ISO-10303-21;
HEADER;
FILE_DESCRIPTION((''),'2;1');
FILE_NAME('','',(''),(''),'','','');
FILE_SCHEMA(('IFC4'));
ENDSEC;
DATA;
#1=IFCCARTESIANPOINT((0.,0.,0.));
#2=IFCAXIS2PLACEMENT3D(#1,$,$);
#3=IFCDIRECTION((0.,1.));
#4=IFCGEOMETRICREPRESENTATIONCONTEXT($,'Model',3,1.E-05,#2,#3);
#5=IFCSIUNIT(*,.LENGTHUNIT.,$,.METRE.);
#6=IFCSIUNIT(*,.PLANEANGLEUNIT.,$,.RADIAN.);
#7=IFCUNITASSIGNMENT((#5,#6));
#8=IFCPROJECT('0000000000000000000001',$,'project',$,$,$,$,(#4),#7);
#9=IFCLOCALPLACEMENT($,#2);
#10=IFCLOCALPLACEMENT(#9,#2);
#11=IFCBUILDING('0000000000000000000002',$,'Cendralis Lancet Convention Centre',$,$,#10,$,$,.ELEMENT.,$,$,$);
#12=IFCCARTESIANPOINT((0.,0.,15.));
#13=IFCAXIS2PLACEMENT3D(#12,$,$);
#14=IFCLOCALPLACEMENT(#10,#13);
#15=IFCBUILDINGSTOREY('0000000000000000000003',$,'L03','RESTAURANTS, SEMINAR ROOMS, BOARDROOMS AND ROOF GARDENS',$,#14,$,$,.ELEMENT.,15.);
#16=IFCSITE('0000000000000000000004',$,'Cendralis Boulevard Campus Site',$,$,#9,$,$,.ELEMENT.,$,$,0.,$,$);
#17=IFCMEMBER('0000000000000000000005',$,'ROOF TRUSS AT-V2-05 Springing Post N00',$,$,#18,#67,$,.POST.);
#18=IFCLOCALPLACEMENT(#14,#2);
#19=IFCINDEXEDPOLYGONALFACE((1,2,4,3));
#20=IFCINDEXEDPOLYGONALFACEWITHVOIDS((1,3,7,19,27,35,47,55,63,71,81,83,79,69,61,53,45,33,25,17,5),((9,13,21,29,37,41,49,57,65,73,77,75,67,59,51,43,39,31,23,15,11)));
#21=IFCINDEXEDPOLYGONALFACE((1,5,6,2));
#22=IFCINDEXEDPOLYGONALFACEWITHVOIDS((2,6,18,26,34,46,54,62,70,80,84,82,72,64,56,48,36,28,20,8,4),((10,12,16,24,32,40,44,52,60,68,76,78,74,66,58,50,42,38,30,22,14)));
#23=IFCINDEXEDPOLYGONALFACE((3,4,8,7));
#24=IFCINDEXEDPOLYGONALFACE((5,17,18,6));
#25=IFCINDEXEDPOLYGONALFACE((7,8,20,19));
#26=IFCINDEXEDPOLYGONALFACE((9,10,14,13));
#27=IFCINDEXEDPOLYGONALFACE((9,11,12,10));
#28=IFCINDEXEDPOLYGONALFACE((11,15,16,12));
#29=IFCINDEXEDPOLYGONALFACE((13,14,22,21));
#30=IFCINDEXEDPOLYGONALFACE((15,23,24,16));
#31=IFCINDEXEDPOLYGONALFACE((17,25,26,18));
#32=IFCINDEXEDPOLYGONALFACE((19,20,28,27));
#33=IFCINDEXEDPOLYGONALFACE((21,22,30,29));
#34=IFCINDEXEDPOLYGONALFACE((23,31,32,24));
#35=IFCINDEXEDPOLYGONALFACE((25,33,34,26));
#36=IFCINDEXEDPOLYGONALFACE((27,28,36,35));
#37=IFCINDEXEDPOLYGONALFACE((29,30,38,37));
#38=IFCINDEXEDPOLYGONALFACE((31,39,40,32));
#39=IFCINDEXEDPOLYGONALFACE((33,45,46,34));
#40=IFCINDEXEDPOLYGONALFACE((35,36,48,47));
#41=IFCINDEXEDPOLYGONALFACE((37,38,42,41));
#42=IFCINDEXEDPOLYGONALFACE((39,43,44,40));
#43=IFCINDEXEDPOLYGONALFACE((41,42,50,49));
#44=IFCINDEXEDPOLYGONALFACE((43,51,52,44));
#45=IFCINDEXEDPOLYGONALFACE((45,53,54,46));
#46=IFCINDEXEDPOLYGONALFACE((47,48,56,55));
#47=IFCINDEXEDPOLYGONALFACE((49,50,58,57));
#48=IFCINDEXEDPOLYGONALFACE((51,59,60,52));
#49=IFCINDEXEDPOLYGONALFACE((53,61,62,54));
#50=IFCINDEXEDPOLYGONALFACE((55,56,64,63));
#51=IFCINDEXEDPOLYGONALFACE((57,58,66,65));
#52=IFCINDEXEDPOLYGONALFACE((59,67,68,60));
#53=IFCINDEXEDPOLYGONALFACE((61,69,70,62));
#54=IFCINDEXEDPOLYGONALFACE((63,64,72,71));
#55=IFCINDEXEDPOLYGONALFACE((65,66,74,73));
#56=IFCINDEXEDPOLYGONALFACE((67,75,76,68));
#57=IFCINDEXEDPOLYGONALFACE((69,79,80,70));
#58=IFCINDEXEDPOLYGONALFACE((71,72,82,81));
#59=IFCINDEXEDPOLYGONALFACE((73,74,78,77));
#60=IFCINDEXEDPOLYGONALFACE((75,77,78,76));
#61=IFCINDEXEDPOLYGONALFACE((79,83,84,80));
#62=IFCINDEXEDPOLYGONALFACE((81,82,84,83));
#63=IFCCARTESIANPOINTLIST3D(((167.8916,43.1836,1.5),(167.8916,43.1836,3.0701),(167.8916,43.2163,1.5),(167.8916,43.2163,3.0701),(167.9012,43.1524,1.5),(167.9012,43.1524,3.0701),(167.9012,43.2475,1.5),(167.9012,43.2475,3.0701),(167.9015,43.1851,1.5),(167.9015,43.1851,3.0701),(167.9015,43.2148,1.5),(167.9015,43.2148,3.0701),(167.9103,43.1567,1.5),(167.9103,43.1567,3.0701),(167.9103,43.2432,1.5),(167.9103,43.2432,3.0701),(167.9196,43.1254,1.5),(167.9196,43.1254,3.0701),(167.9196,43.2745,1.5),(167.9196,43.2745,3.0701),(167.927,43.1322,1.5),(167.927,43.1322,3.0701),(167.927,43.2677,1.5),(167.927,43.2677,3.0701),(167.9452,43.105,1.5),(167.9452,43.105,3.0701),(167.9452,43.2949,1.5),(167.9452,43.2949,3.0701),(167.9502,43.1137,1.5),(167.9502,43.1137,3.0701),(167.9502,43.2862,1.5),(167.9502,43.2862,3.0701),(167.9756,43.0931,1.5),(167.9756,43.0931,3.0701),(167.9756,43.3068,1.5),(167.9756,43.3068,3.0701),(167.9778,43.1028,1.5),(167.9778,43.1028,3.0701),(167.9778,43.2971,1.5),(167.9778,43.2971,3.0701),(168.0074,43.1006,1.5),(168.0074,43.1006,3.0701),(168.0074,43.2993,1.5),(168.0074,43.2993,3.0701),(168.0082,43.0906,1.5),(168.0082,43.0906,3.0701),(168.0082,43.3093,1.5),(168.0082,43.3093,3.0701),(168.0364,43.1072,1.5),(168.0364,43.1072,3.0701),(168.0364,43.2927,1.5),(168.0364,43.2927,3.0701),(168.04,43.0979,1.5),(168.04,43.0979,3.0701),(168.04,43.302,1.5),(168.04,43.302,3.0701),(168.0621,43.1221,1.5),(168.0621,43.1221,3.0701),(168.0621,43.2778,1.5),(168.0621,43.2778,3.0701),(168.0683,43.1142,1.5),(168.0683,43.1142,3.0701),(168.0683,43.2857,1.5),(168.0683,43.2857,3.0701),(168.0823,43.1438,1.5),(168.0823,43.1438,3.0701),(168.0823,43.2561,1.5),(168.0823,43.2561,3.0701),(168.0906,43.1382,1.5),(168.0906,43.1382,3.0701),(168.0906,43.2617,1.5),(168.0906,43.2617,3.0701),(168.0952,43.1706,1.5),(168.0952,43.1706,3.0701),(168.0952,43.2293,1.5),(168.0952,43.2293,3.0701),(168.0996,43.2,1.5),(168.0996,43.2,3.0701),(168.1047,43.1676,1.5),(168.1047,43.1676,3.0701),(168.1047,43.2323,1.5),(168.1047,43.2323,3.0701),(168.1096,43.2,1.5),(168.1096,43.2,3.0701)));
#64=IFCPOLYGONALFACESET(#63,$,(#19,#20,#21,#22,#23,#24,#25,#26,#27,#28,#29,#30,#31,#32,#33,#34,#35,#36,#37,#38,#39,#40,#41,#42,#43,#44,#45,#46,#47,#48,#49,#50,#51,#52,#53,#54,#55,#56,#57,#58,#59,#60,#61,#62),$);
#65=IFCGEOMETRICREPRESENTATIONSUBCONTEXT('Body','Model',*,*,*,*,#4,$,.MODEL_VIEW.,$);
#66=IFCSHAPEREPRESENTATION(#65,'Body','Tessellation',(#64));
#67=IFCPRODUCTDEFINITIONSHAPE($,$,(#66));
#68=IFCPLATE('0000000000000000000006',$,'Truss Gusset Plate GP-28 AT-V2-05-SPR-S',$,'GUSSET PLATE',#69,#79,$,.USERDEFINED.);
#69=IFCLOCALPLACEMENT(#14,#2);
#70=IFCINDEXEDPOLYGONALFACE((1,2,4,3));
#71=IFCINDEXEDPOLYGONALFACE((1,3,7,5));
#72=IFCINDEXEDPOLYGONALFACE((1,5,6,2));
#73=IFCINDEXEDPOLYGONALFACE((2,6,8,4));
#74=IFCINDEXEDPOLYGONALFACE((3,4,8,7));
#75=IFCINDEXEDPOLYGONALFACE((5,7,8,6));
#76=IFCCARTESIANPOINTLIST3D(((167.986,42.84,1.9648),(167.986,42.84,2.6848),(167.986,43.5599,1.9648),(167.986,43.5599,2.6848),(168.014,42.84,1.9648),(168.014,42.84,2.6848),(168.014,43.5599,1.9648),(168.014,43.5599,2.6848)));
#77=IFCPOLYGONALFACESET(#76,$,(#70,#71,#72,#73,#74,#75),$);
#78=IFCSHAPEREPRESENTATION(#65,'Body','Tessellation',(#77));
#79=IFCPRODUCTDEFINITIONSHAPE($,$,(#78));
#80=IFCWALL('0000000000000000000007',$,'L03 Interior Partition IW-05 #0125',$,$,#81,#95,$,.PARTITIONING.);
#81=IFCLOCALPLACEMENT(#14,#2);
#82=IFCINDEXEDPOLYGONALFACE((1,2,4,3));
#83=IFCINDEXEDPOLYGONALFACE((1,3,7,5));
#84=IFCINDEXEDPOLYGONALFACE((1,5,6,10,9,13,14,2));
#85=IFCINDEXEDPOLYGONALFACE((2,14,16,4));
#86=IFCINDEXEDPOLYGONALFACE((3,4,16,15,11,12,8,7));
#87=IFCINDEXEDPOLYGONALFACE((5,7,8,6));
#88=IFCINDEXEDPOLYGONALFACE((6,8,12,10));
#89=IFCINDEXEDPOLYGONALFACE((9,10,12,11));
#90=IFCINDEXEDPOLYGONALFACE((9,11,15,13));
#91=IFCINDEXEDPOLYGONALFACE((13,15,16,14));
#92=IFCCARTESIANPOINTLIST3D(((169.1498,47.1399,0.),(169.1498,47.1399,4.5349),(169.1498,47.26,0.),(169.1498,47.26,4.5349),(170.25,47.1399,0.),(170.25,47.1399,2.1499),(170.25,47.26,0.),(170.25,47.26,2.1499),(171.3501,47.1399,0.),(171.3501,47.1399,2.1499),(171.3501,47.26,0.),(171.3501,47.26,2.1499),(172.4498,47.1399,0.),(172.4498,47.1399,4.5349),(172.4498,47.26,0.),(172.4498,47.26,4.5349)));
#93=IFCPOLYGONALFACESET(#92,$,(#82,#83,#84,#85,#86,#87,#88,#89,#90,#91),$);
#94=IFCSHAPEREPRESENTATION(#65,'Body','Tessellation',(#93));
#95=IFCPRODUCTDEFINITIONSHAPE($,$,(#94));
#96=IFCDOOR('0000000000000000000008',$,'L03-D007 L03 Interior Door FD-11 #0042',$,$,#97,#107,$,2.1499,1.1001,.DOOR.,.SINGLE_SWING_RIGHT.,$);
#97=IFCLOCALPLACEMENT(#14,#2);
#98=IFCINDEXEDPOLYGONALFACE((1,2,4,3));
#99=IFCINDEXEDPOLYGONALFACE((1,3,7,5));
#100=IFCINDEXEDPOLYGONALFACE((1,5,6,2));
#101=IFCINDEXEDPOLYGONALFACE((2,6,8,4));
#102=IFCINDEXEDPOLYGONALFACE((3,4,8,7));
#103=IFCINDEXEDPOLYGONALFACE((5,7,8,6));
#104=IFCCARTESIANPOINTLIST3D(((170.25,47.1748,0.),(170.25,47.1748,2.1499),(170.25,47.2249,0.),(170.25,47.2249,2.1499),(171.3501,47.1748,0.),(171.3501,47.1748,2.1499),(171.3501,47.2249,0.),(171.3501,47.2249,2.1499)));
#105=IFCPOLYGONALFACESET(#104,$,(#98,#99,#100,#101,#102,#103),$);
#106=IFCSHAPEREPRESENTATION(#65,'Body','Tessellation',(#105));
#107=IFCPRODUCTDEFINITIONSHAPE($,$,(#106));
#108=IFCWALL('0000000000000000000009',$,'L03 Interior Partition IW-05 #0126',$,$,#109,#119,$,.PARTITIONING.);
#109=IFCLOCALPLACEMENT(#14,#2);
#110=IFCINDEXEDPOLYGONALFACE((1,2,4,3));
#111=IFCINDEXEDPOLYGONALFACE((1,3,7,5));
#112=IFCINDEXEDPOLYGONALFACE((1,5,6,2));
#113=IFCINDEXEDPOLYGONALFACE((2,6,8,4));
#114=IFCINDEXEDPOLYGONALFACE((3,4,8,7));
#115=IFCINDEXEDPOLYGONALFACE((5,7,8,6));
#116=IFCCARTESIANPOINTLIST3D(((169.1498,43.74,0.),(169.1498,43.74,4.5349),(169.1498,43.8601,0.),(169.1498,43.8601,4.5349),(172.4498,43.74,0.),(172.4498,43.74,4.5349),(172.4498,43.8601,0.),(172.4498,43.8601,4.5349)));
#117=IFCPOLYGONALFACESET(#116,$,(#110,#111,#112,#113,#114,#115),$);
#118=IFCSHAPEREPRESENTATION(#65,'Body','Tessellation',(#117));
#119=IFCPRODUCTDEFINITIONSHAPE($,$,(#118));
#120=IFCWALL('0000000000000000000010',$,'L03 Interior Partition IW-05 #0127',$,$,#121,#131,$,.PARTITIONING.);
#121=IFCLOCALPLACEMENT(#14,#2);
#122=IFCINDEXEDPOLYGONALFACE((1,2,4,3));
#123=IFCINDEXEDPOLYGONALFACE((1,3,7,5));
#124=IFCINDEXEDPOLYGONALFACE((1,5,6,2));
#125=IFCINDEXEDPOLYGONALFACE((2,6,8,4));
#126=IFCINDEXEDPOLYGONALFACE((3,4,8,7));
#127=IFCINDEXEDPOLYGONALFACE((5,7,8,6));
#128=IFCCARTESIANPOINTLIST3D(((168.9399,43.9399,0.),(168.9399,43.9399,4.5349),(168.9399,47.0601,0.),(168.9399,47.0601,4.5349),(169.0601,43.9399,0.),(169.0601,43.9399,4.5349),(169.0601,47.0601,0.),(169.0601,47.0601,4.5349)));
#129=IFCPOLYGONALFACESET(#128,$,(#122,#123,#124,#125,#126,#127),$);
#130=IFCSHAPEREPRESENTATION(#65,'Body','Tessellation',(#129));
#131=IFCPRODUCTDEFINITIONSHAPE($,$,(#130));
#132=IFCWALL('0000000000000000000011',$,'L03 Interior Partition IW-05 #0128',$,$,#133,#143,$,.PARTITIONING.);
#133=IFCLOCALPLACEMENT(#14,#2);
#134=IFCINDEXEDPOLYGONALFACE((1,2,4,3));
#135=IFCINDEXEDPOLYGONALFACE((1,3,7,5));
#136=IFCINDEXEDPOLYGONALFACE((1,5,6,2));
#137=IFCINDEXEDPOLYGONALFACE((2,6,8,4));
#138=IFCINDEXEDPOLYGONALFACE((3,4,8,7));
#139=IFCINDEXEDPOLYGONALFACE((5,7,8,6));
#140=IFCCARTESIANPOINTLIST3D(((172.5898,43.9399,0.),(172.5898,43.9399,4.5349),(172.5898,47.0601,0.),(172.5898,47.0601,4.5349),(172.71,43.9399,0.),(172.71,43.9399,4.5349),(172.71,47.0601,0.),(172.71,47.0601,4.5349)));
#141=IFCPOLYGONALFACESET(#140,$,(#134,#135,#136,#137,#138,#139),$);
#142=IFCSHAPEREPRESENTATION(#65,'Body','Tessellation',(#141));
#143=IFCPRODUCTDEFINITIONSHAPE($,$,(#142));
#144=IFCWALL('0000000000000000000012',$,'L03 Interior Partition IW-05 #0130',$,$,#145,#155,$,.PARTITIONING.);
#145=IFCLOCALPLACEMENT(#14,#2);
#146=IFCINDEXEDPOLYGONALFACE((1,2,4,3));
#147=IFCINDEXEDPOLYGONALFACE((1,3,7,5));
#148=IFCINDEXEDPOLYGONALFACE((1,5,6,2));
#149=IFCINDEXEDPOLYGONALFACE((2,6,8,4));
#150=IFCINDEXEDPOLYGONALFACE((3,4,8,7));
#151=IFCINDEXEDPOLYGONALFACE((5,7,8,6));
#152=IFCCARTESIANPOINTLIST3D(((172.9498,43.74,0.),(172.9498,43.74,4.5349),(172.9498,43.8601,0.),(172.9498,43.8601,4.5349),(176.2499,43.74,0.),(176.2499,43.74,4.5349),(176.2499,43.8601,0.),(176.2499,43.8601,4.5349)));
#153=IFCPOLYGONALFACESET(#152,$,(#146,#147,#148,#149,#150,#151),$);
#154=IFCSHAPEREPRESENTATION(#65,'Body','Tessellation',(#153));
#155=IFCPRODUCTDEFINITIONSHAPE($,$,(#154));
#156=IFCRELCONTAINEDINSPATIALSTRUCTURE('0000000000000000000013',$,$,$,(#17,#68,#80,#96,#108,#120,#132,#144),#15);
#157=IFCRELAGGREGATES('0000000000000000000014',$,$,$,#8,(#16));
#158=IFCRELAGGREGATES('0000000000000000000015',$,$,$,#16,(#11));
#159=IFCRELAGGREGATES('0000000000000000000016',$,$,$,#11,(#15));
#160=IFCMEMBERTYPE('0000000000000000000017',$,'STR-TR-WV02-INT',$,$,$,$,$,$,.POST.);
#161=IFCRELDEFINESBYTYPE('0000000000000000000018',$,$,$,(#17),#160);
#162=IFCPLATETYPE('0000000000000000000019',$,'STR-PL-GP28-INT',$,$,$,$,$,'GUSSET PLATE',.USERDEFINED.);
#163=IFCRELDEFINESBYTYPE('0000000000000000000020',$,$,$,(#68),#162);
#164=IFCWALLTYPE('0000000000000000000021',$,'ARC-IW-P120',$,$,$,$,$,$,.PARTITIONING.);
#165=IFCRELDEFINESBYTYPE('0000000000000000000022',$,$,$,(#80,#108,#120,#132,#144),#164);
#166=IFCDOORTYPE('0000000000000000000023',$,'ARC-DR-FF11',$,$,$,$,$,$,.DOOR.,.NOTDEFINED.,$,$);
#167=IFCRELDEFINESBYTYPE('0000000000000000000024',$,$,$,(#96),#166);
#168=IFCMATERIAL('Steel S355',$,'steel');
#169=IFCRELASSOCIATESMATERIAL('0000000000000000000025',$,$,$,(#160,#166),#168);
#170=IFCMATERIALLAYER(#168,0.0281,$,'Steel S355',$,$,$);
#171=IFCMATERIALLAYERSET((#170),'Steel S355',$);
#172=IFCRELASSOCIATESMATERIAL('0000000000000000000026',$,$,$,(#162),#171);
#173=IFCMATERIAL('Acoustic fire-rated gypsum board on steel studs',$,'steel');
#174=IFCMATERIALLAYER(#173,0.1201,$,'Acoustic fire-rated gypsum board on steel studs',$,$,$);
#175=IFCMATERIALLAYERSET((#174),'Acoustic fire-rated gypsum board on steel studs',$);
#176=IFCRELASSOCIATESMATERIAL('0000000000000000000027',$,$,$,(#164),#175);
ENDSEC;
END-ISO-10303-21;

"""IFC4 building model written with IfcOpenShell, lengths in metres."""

from ifc_helpers import new_model, si_unit, direction, frame, frame_2d, origin, origin_2d, place, context, subcontext, project, spatial, rectangle, hollow_circle, extrude, material, layer, layer_set, material_profile, profile_set, type_object, element, fill, save


model = new_model("IFC4")

# Units and contexts
model_context = context("Model", 3, precision=1e-05, world=origin(), true_north=direction((0.0, 1.0)))
body_context = subcontext(model_context, "Body", "Model", "MODEL_VIEW")
ifc_project = project(units=[si_unit("LENGTHUNIT", "METRE"), si_unit("PLANEANGLEUNIT", "RADIAN")], contexts=[model_context])

# Site, building, storey
site_placement = place(None, origin())
site = spatial("IfcSite", under=ifc_project, at=site_placement, Name="Cendralis Boulevard Campus Site", CompositionType="ELEMENT", RefElevation=0.0)
building_placement = place(site_placement, origin())
building = spatial("IfcBuilding", under=site, at=building_placement, Name="Cendralis Lancet Convention Centre", CompositionType="ELEMENT")
storey_placement = place(building_placement, frame((0.0, 0.0, 15.0)))
storey = spatial("IfcBuildingStorey", under=building, at=storey_placement, Name="L03", Description="RESTAURANTS, SEMINAR ROOMS, BOARDROOMS AND ROOF GARDENS", CompositionType="ELEMENT", Elevation=15.0)

# Shared definitions
ifc_material_1 = material(Name="Steel S355", Category="steel")

# Member
ifc_material_profile_1 = material_profile(ifc_material_1, hollow_circle(Radius=0.1096, WallThickness=0.01, at=origin_2d()), Name="CHS 219.1x10.0")
ifc_profile_set_1 = profile_set([ifc_material_profile_1], Name="Steel S355")
member_type_1 = type_object("IfcMemberType", Name="STR-TR-WV02-INT", PredefinedType="POST", material=ifc_profile_set_1)
member_1_placement = place(storey_placement, frame((168.0, 43.2, 1.5), z_axis=(0.0, 0.0, 1.0), x_axis=(1.0, 0.0, 0.0)))
element("IfcMember", 1, at=member_1_placement, inside=storey, type_object=member_type_1, Name="ROOF TRUSS AT-V2-05 Springing Post N00", PredefinedType="POST", context=body_context, shape_type="SweptSolid", body=[
    extrude(hollow_circle(Radius=0.1096, WallThickness=0.01, at=origin_2d()), origin(), (0.0, 0.0, 1.0), 1.5701),
])

# Plate
ifc_layer_1 = layer(ifc_material_1, 0.0281, Name="Steel S355")
ifc_layer_set_1 = layer_set([ifc_layer_1], Name="Steel S355")
plate_type = type_object("IfcPlateType", Name="STR-PL-GP28-INT", ElementType="GUSSET PLATE", PredefinedType="USERDEFINED", material=ifc_layer_set_1)
plate_placement = place(storey_placement, frame((168.0, 43.2, 1.9648), z_axis=(0.0, 0.0, 1.0), x_axis=(0.0, 1.0, 0.0)))
element("IfcPlate", 2, at=plate_placement, inside=storey, type_object=plate_type, Name="Truss Gusset Plate GP-28 AT-V2-05-SPR-S", ObjectType="GUSSET PLATE", PredefinedType="USERDEFINED", context=body_context, shape_type="SweptSolid", body=[
    extrude(rectangle(XDim=0.72, YDim=0.0281, at=origin_2d()), origin(), (0.0, 0.0, 1.0), 0.72),
])

# Wall, opening, door
ifc_material_2 = material(Name="Acoustic fire-rated gypsum board on steel studs", Category="steel")
ifc_layer_2 = layer(ifc_material_2, 0.1201, Name="Acoustic fire-rated gypsum board on steel studs")
ifc_layer_set_2 = layer_set([ifc_layer_2], Name="Acoustic fire-rated gypsum board on steel studs")
wall_type = type_object("IfcWallType", Name="ARC-IW-P120", PredefinedType="PARTITIONING", material=ifc_layer_set_2)
wall_1_placement = place(storey_placement, frame((169.1499, 47.2, 0.0), z_axis=(0.0, 0.0, 1.0), x_axis=(1.0, 0.0, 0.0)))
wall_1 = element("IfcWall", 3, at=wall_1_placement, inside=storey, type_object=wall_type, Name="L03 Interior Partition IW-05 #0125", PredefinedType="PARTITIONING", context=body_context, shape_type="SweptSolid", body=[
    extrude(rectangle(XDim=3.3, YDim=0.1201, at=frame_2d((1.6499, 0.0))), origin(), (0.0, 0.0, 1.0), 4.5349),
])
opening_placement = place(wall_1_placement, frame((1.1001, 0.0, 0.0)))
opening = element("IfcOpeningElement", 4, at=opening_placement, cuts=wall_1, PredefinedType="OPENING", context=body_context, shape_type="SweptSolid", body=[
    extrude(rectangle(XDim=1.1001, YDim=2.1499, at=frame_2d((0.55, 1.075))), frame((0.0, 0.0701, 0.0), z_axis=(0.0, -1.0, 0.0), x_axis=(1.0, 0.0, 0.0)), (0.0, 0.0, 1.0), 0.1401),
])
door_type = type_object("IfcDoorType", Name="ARC-DR-FF11", OperationType="NOTDEFINED", PredefinedType="DOOR", material=ifc_material_1)
door_placement = place(opening_placement, origin())
door = element("IfcDoor", 5, at=door_placement, inside=storey, type_object=door_type, Name="L03-D007 L03 Interior Door FD-11 #0042", OperationType="SINGLE_SWING_RIGHT", OverallHeight=2.1499, OverallWidth=1.1001, PredefinedType="DOOR", context=body_context, shape_type="SweptSolid", body=[
    extrude(rectangle(XDim=1.1001, YDim=2.1499, at=frame_2d((0.55, 1.075))), frame((0.0, 0.0249, 0.0), z_axis=(0.0, -1.0, 0.0), x_axis=(1.0, 0.0, 0.0)), (0.0, 0.0, 1.0), 0.05),
])
fill(opening, door)

# Walls
wall_2_placement = place(storey_placement, frame((169.1499, 43.8, 0.0), z_axis=(0.0, 0.0, 1.0), x_axis=(1.0, 0.0, 0.0)))
element("IfcWall", 6, at=wall_2_placement, inside=storey, type_object=wall_type, Name="L03 Interior Partition IW-05 #0126", PredefinedType="PARTITIONING", context=body_context, shape_type="SweptSolid", body=[
    extrude(rectangle(XDim=3.3, YDim=0.1201, at=frame_2d((1.6499, 0.0))), origin(), (0.0, 0.0, 1.0), 4.5349),
])
for number, where, z_axis, x_axis, name in (
    (7, (169.0, 43.9399, 0.0), (0.0, 0.0, 1.0), (0.0, 1.0, 0.0), "L03 Interior Partition IW-05 #0127"),
    (8, (172.6499, 43.9399, 0.0), (0.0, 0.0, 1.0), (0.0, 1.0, 0.0), "L03 Interior Partition IW-05 #0128"),
):
    element("IfcWall", number, at=place(storey_placement, frame(where, z_axis=z_axis, x_axis=x_axis)), inside=storey, type_object=wall_type, Name=name, PredefinedType="PARTITIONING", context=body_context, shape_type="SweptSolid", body=[
        extrude(rectangle(XDim=3.1201, YDim=0.1201, at=frame_2d((1.5601, 0.0))), origin(), (0.0, 0.0, 1.0), 4.5349),
    ])
wall_3_placement = place(storey_placement, frame((172.95, 43.8, 0.0), z_axis=(0.0, 0.0, 1.0), x_axis=(1.0, 0.0, 0.0)))
element("IfcWall", 9, at=wall_3_placement, inside=storey, type_object=wall_type, Name="L03 Interior Partition IW-05 #0130", PredefinedType="PARTITIONING", context=body_context, shape_type="SweptSolid", body=[
    extrude(rectangle(XDim=3.3, YDim=0.1201, at=frame_2d((1.6499, 0.0))), origin(), (0.0, 0.0, 1.0), 4.5349),
])

save(model, "model.ifc")
